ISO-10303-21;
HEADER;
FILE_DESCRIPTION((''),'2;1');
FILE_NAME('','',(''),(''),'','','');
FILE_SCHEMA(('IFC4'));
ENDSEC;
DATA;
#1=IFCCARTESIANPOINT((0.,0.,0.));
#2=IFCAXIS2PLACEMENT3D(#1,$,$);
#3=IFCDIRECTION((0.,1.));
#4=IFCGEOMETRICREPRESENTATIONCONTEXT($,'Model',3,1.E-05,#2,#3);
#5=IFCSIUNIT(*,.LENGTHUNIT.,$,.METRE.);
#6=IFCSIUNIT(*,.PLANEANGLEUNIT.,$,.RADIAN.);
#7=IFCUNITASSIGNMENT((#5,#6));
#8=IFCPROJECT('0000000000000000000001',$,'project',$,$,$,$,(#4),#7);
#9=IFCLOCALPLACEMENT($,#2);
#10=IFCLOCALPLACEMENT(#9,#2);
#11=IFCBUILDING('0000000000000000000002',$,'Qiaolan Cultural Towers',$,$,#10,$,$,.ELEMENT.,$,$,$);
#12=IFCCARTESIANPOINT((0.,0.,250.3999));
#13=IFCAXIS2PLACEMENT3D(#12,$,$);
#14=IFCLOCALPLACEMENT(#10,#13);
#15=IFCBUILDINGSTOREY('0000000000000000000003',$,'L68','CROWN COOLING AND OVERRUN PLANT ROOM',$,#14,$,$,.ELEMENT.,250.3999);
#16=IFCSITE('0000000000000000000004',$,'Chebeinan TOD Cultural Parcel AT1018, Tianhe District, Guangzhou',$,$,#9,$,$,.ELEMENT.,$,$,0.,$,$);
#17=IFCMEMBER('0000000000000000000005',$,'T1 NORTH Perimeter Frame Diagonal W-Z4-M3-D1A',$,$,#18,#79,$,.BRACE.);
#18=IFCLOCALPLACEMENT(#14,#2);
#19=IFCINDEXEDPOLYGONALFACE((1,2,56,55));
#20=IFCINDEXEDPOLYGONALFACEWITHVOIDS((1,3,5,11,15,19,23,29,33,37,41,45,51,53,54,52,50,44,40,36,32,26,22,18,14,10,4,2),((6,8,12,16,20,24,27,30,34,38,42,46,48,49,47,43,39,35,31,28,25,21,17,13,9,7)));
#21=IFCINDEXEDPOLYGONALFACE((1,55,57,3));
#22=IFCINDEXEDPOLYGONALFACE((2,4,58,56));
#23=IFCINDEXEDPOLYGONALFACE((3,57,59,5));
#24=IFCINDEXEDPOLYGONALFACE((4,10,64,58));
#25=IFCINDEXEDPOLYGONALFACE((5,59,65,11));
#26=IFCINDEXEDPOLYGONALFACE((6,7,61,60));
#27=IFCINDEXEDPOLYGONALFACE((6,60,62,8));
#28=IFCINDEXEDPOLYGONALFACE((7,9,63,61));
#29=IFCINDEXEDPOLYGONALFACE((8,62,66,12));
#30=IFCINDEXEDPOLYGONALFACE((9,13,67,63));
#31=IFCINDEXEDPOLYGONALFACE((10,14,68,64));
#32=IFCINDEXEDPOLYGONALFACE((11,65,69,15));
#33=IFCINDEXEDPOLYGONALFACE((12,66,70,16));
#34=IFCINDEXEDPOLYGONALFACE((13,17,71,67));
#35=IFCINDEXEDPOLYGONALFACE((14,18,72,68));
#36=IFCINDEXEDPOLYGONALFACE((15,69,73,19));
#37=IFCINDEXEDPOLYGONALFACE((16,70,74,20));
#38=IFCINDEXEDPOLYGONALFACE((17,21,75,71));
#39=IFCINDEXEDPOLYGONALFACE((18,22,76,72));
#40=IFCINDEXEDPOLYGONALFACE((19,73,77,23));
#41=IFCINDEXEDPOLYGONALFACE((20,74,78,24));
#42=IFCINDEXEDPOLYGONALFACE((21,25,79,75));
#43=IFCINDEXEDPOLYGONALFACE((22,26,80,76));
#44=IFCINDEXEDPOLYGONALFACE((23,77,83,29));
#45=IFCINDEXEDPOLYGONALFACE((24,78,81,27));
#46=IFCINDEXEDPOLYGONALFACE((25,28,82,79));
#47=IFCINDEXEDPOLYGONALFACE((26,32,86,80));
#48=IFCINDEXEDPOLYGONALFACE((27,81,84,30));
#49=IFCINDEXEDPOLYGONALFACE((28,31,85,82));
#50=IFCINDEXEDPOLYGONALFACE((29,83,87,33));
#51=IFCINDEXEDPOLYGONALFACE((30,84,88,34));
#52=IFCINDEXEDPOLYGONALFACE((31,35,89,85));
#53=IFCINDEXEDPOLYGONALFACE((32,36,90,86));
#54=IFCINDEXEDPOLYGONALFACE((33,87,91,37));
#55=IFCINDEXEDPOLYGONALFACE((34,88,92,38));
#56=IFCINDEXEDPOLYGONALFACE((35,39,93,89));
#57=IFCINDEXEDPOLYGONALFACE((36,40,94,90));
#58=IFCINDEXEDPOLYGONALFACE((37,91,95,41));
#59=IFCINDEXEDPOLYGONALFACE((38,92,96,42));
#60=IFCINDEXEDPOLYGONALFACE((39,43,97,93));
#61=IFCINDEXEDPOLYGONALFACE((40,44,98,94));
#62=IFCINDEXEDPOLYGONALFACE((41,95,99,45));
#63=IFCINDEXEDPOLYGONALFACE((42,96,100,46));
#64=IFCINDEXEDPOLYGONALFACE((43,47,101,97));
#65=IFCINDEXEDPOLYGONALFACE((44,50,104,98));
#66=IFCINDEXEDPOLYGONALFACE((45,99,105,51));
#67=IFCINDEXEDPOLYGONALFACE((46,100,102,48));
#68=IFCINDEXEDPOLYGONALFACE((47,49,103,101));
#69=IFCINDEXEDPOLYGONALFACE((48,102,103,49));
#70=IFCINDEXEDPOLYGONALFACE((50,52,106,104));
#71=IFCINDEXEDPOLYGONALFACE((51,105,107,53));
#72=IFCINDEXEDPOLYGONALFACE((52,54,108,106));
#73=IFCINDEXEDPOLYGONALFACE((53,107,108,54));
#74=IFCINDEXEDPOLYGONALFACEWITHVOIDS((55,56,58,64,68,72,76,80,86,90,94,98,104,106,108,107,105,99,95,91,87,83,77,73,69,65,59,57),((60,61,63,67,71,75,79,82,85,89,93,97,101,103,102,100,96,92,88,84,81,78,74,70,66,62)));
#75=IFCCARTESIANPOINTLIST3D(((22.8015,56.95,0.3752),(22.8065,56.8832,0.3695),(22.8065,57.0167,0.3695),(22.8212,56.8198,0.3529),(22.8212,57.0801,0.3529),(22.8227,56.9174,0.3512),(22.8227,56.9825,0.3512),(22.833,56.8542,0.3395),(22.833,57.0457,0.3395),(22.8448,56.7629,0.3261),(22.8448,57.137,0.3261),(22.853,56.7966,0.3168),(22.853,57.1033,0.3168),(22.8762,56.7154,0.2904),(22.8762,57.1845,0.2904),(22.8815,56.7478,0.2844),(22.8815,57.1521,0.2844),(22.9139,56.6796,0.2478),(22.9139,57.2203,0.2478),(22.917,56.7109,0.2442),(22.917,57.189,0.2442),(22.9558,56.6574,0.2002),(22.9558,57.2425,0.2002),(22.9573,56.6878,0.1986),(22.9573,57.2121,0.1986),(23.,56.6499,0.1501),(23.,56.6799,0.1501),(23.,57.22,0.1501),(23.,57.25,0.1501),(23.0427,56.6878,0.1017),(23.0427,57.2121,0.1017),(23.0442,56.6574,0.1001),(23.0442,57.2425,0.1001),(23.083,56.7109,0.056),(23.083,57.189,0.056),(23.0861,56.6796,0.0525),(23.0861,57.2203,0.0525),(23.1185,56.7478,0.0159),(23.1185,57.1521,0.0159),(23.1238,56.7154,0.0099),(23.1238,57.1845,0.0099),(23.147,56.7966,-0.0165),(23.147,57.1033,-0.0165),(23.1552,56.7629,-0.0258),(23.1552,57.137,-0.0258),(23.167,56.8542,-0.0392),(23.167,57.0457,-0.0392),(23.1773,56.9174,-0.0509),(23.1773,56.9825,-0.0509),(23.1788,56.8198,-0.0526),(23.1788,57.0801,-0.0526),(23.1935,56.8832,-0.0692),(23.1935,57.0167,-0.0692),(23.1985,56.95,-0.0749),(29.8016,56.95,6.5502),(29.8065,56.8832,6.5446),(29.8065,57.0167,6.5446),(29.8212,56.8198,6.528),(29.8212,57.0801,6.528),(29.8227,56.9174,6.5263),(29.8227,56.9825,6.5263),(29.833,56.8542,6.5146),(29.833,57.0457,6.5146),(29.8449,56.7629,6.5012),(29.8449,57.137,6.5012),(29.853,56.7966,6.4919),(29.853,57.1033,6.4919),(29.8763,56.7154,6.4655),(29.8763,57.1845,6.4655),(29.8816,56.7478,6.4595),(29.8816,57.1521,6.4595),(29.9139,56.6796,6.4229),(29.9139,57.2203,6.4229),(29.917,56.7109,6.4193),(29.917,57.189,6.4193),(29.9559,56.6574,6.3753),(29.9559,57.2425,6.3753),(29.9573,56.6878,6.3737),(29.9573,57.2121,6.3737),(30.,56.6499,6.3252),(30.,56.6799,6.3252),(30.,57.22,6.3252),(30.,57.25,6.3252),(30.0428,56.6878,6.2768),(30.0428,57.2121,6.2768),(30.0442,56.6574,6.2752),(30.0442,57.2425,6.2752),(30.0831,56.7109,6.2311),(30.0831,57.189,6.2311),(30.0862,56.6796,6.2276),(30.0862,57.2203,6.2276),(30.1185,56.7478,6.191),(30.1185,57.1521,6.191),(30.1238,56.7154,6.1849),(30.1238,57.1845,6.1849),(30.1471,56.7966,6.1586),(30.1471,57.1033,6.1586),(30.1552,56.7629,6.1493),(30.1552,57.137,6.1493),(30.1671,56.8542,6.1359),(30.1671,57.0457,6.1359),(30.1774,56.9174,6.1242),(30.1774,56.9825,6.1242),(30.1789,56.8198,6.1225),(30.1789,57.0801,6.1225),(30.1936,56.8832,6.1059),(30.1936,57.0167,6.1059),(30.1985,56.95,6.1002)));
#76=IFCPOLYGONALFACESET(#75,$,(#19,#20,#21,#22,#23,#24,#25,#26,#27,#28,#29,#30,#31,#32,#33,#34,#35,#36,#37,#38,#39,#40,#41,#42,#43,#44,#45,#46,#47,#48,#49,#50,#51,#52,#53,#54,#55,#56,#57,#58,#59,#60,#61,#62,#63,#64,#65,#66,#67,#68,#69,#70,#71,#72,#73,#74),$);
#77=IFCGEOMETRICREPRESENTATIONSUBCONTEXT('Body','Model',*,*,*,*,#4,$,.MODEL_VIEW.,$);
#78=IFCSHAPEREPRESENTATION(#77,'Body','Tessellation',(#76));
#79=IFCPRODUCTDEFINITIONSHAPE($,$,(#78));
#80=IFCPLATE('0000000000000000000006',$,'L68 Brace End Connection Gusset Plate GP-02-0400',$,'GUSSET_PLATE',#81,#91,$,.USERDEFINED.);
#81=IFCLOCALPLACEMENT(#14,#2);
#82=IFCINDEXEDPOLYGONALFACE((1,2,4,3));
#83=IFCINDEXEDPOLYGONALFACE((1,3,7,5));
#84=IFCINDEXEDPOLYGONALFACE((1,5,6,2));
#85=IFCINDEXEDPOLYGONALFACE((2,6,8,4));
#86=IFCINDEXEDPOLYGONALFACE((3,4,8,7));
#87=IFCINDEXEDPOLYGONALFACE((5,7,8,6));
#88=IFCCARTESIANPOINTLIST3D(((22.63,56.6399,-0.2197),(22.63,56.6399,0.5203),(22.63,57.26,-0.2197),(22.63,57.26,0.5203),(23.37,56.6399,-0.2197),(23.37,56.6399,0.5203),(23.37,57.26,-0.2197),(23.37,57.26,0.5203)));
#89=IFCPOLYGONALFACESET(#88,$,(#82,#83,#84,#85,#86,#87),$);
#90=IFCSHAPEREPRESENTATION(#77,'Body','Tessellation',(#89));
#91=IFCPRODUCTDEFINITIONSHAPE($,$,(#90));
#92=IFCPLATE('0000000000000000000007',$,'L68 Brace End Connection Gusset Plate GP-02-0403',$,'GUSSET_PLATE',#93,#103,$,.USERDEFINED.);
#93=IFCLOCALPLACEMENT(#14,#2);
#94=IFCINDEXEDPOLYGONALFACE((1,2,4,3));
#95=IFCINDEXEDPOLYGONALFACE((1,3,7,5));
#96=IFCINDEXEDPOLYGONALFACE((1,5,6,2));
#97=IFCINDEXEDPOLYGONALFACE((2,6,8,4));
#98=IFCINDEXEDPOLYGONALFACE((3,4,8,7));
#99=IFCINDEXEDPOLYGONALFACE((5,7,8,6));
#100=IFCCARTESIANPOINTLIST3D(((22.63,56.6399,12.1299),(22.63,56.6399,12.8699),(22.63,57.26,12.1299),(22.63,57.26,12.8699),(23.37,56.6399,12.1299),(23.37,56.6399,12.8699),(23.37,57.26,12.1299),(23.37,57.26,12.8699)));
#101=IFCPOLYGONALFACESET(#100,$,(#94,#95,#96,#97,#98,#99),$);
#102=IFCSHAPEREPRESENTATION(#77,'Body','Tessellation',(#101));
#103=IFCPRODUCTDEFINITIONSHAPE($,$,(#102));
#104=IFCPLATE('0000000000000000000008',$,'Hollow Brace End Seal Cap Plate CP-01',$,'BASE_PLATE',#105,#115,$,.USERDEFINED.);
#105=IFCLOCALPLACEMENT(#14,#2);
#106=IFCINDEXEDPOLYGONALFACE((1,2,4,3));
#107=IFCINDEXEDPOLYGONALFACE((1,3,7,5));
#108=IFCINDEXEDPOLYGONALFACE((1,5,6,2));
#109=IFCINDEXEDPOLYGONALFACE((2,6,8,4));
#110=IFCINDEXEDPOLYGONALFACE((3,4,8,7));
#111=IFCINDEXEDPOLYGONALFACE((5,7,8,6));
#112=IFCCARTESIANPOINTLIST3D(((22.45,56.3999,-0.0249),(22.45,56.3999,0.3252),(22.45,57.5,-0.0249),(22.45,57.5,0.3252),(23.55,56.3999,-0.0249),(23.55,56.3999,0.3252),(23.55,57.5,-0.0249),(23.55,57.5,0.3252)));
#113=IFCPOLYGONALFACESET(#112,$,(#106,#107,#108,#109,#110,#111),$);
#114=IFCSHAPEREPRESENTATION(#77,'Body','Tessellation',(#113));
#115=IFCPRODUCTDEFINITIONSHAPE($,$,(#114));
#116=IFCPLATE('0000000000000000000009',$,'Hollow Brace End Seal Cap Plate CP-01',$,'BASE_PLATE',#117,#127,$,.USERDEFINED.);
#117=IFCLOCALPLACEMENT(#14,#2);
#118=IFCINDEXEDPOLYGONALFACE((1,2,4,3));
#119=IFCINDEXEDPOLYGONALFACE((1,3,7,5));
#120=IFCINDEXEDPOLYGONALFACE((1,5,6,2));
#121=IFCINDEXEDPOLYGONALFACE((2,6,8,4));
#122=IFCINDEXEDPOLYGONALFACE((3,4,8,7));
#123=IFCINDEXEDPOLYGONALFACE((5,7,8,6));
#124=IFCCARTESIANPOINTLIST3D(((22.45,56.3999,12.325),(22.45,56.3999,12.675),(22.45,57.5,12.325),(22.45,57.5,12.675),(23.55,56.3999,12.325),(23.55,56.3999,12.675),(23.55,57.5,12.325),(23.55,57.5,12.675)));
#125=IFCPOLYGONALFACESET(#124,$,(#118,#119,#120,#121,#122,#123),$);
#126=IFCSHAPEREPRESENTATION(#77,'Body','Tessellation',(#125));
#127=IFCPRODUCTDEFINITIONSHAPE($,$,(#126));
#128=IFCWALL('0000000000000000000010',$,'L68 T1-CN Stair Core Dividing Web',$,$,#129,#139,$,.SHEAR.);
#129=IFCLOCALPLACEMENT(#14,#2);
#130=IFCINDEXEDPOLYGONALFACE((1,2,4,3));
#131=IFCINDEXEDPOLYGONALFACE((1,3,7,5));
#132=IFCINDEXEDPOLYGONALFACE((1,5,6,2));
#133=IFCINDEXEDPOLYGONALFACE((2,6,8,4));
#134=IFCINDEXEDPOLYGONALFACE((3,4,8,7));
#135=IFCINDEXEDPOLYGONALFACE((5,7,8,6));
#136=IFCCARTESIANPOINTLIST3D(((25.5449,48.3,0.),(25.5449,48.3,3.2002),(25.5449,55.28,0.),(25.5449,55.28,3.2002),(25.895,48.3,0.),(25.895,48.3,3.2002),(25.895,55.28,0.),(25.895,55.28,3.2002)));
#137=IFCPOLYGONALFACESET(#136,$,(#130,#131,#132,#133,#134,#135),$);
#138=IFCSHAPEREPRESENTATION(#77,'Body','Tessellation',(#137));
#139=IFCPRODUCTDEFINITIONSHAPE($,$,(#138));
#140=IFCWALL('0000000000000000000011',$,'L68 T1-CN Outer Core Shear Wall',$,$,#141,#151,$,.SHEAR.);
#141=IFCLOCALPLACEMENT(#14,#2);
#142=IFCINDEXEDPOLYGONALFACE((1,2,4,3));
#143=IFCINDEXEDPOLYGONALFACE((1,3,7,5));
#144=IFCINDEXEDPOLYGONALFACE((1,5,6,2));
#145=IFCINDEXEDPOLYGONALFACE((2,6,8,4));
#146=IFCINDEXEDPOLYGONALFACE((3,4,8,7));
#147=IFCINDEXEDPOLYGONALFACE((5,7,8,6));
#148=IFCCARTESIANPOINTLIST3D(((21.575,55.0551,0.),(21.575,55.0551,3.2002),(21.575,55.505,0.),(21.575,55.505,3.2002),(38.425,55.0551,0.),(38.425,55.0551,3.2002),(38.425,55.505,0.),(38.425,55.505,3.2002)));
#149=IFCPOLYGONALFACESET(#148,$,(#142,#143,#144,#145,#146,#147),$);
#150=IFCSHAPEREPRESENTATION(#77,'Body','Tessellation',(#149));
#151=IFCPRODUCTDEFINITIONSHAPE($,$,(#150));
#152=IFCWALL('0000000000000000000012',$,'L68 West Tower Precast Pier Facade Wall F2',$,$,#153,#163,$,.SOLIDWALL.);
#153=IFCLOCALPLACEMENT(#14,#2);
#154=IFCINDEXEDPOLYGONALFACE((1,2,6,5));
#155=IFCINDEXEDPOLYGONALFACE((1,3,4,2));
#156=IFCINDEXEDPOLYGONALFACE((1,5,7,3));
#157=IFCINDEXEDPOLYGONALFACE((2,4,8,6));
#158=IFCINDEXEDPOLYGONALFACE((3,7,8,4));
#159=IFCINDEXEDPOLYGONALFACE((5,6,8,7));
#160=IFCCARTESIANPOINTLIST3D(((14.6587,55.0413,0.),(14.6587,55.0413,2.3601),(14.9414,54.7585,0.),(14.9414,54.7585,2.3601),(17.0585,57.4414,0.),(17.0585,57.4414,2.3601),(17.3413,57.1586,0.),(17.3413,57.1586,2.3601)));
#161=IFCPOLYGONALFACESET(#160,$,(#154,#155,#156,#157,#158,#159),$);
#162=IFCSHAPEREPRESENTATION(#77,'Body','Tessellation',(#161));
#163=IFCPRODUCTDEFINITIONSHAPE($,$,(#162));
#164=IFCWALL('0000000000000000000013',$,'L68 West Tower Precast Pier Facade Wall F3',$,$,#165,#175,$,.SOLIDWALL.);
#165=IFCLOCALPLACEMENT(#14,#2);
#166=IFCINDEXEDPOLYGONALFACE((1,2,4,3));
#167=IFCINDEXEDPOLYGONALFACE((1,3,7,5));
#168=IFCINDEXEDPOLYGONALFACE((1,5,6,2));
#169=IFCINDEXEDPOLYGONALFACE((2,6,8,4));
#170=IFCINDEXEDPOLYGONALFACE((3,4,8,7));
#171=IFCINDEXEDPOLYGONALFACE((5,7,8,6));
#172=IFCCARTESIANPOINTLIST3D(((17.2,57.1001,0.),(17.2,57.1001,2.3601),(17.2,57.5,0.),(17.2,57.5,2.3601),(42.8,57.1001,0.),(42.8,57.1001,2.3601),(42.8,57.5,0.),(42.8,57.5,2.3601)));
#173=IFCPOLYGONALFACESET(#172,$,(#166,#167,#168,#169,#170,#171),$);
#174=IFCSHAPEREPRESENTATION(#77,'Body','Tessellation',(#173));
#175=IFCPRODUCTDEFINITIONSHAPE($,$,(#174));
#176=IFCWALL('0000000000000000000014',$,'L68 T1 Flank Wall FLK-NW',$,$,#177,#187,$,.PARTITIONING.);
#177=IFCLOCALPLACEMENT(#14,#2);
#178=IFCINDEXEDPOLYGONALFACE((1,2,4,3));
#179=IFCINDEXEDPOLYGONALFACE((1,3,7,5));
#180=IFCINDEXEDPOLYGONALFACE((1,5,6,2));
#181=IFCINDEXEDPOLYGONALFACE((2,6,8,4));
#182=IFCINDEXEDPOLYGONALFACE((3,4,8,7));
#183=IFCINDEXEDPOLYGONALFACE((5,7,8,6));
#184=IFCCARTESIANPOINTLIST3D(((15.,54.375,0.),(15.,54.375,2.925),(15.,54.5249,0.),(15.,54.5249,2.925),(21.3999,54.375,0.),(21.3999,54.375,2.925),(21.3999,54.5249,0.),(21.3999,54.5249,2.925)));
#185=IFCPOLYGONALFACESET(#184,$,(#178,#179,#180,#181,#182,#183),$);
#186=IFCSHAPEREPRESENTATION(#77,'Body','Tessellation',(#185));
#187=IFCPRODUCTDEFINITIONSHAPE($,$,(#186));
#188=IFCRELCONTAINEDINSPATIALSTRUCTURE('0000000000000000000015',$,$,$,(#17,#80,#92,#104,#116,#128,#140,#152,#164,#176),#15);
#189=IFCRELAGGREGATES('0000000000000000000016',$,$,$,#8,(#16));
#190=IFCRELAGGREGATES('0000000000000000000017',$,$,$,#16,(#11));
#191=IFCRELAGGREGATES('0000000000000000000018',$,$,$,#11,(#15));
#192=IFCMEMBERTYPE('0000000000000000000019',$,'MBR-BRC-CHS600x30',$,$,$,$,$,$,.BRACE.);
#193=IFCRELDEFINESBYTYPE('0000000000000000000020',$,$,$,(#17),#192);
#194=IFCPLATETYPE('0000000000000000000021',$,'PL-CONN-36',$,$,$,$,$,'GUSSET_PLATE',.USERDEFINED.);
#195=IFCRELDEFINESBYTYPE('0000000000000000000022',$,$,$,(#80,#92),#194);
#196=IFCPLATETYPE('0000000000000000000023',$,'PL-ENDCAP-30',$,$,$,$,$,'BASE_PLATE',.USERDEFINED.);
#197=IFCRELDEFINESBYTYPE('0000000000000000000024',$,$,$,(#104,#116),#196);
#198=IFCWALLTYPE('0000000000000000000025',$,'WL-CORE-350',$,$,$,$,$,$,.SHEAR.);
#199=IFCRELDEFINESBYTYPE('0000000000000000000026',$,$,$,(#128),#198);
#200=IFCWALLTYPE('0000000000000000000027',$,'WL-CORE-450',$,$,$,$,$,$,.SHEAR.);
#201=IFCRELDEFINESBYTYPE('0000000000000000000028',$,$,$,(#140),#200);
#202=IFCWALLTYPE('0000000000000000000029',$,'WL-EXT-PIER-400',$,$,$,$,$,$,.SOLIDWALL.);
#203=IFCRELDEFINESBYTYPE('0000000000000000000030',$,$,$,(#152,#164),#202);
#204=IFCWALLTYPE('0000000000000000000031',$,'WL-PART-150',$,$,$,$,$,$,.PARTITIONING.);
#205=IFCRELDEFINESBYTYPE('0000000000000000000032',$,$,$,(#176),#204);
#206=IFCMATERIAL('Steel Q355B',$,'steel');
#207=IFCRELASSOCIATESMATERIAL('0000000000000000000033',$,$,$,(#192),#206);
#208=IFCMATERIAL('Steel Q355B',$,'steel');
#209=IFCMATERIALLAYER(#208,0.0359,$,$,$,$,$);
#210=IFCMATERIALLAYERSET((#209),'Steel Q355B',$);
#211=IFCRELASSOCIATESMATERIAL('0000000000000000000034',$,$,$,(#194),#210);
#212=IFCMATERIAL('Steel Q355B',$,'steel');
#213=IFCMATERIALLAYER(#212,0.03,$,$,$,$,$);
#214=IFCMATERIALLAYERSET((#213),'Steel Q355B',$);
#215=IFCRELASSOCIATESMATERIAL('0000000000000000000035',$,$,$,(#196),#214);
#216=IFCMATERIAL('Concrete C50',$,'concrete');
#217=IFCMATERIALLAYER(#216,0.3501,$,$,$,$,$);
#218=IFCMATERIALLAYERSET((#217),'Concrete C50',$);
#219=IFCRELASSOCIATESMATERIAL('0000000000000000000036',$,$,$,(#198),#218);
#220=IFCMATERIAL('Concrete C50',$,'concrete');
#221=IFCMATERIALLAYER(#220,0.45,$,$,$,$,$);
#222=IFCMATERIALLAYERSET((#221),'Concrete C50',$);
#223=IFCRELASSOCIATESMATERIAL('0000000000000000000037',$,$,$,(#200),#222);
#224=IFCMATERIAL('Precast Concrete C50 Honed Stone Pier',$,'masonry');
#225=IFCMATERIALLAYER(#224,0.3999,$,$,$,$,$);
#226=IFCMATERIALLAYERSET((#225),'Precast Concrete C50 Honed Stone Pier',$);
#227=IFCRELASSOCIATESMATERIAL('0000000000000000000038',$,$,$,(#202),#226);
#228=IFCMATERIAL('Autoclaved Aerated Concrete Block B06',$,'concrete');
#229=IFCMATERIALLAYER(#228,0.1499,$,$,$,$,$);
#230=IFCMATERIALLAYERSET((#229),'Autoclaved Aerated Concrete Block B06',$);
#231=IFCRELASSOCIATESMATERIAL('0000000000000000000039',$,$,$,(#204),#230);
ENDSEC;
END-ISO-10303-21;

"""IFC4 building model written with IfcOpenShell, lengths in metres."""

from ifc_helpers import new_model, si_unit, direction, frame, frame_2d, origin, origin_2d, place, context, subcontext, project, spatial, rectangle, hollow_circle, extrude, material, layer, layer_set, material_profile, profile_set, type_object, element, save


model = new_model("IFC4")

# Units and contexts
model_context = context("Model", 3, precision=1e-05, world=origin(), true_north=direction((0.0, 1.0)))
body_context = subcontext(model_context, "Body", "Model", "MODEL_VIEW")
ifc_project = project(units=[si_unit("LENGTHUNIT", "METRE"), si_unit("PLANEANGLEUNIT", "RADIAN")], contexts=[model_context])

# Site, building, storey
site_placement = place(None, origin())
site = spatial("IfcSite", under=ifc_project, at=site_placement, Name="Chebeinan TOD Cultural Parcel AT1018, Tianhe District, Guangzhou", CompositionType="ELEMENT", RefElevation=0.0)
building_placement = place(site_placement, origin())
building = spatial("IfcBuilding", under=site, at=building_placement, Name="Qiaolan Cultural Towers", CompositionType="ELEMENT")
storey_placement = place(building_placement, frame((0.0, 0.0, 250.3999)))
storey = spatial("IfcBuildingStorey", under=building, at=storey_placement, Name="L68", Description="CROWN COOLING AND OVERRUN PLANT ROOM", CompositionType="ELEMENT", Elevation=250.3999)

# Member
ifc_material_1 = material(Name="Steel Q355B", Category="steel")
ifc_material_profile_1 = material_profile(ifc_material_1, hollow_circle(Radius=0.3, WallThickness=0.03, at=origin_2d()), Name="CHS600x30")
ifc_profile_set_1 = profile_set([ifc_material_profile_1], Name="Steel Q355B")
member_type = type_object("IfcMemberType", Name="MBR-BRC-CHS600x30", PredefinedType="BRACE", material=ifc_profile_set_1)
member_placement = place(storey_placement, frame((23.0, 56.95, 0.1501), z_axis=(0.749913, 0.0, 0.661536), x_axis=(0.0, 1.0, 0.0)))
element("IfcMember", 1, at=member_placement, inside=storey, type_object=member_type, Name="T1 NORTH Perimeter Frame Diagonal W-Z4-M3-D1A", PredefinedType="BRACE", context=body_context, shape_type="SweptSolid", body=[
    extrude(hollow_circle(Radius=0.3, WallThickness=0.03, at=origin_2d()), origin(), (0.0, 0.0, 1.0), 9.3345),
])

# Plates
ifc_material_2 = material(Name="Steel Q355B", Category="steel")
ifc_layer_1 = layer(ifc_material_2, 0.0359)
ifc_layer_set_1 = layer_set([ifc_layer_1], Name="Steel Q355B")
plate_type_1 = type_object("IfcPlateType", Name="PL-CONN-36", ElementType="GUSSET_PLATE", PredefinedType="USERDEFINED", material=ifc_layer_set_1)
for number, where, z_axis, x_axis, name in (
    (2, (23.0, 56.95, -0.2197), (0.0, 0.0, 1.0), (1.0, 0.0, 0.0), "L68 Brace End Connection Gusset Plate GP-02-0400"),
    (3, (23.0, 56.95, 12.1299), (0.0, 0.0, 1.0), (1.0, 0.0, 0.0), "L68 Brace End Connection Gusset Plate GP-02-0403"),
):
    element("IfcPlate", number, at=place(storey_placement, frame(where, z_axis=z_axis, x_axis=x_axis)), inside=storey, type_object=plate_type_1, Name=name, ObjectType="GUSSET_PLATE", PredefinedType="USERDEFINED", context=body_context, shape_type="SweptSolid", body=[
        extrude(rectangle(XDim=0.74, YDim=0.6201, at=origin_2d()), origin(), (0.0, 0.0, 1.0), 0.74),
    ])
ifc_material_3 = material(Name="Steel Q355B", Category="steel")
ifc_layer_2 = layer(ifc_material_3, 0.03)
ifc_layer_set_2 = layer_set([ifc_layer_2], Name="Steel Q355B")
plate_type_2 = type_object("IfcPlateType", Name="PL-ENDCAP-30", ElementType="BASE_PLATE", PredefinedType="USERDEFINED", material=ifc_layer_set_2)
for number, where, z_axis, x_axis, name in (
    (4, (23.0, 56.95, -0.0249), (0.0, 0.0, 1.0), (1.0, 0.0, 0.0), "Hollow Brace End Seal Cap Plate CP-01"),
    (5, (23.0, 56.95, 12.325), (0.0, 0.0, 1.0), (1.0, 0.0, 0.0), "Hollow Brace End Seal Cap Plate CP-01"),
):
    element("IfcPlate", number, at=place(storey_placement, frame(where, z_axis=z_axis, x_axis=x_axis)), inside=storey, type_object=plate_type_2, Name=name, ObjectType="BASE_PLATE", PredefinedType="USERDEFINED", context=body_context, shape_type="SweptSolid", body=[
        extrude(rectangle(XDim=1.1001, YDim=1.1001, at=origin_2d()), origin(), (0.0, 0.0, 1.0), 0.3501),
    ])

# Walls
ifc_material_4 = material(Name="Concrete C50", Category="concrete")
ifc_layer_3 = layer(ifc_material_4, 0.3501)
ifc_layer_set_3 = layer_set([ifc_layer_3], Name="Concrete C50")
wall_type_1 = type_object("IfcWallType", Name="WL-CORE-350", PredefinedType="SHEAR", material=ifc_layer_set_3)
wall_1_placement = place(storey_placement, frame((25.72, 48.3, 0.0), z_axis=(0.0, 0.0, 1.0), x_axis=(0.0, 1.0, 0.0)))
element("IfcWall", 6, at=wall_1_placement, inside=storey, type_object=wall_type_1, Name="L68 T1-CN Stair Core Dividing Web", PredefinedType="SHEAR", context=body_context, shape_type="SweptSolid", body=[
    extrude(rectangle(XDim=6.98, YDim=0.3501, at=frame_2d((3.49, 0.0))), origin(), (0.0, 0.0, 1.0), 3.2002),
])
ifc_material_5 = material(Name="Concrete C50", Category="concrete")
ifc_layer_4 = layer(ifc_material_5, 0.45)
ifc_layer_set_4 = layer_set([ifc_layer_4], Name="Concrete C50")
wall_type_2 = type_object("IfcWallType", Name="WL-CORE-450", PredefinedType="SHEAR", material=ifc_layer_set_4)
wall_2_placement = place(storey_placement, frame((21.575, 55.28, 0.0), z_axis=(0.0, 0.0, 1.0), x_axis=(1.0, 0.0, 0.0)))
element("IfcWall", 7, at=wall_2_placement, inside=storey, type_object=wall_type_2, Name="L68 T1-CN Outer Core Shear Wall", PredefinedType="SHEAR", context=body_context, shape_type="SweptSolid", body=[
    extrude(rectangle(XDim=16.8501, YDim=0.45, at=frame_2d((8.425, 0.0))), origin(), (0.0, 0.0, 1.0), 3.2002),
])
ifc_material_6 = material(Name="Precast Concrete C50 Honed Stone Pier", Category="masonry")
ifc_layer_5 = layer(ifc_material_6, 0.3999)
ifc_layer_set_5 = layer_set([ifc_layer_5], Name="Precast Concrete C50 Honed Stone Pier")
wall_type_3 = type_object("IfcWallType", Name="WL-EXT-PIER-400", PredefinedType="SOLIDWALL", material=ifc_layer_set_5)
wall_3_placement = place(storey_placement, frame((14.8, 54.8999, 0.0), z_axis=(0.0, 0.0, 1.0), x_axis=(0.707071, 0.707143, 0.0)))
element("IfcWall", 8, at=wall_3_placement, inside=storey, type_object=wall_type_3, Name="L68 West Tower Precast Pier Facade Wall F2", PredefinedType="SOLIDWALL", context=body_context, shape_type="SweptSolid", body=[
    extrude(rectangle(XDim=3.394, YDim=0.3999, at=frame_2d((1.697, 0.0))), origin(), (0.0, 0.0, 1.0), 2.3601),
])
wall_4_placement = place(storey_placement, frame((17.2, 57.3, 0.0), z_axis=(0.0, 0.0, 1.0), x_axis=(1.0, 0.0, 0.0)))
element("IfcWall", 9, at=wall_4_placement, inside=storey, type_object=wall_type_3, Name="L68 West Tower Precast Pier Facade Wall F3", PredefinedType="SOLIDWALL", context=body_context, shape_type="SweptSolid", body=[
    extrude(rectangle(XDim=25.6001, YDim=0.3999, at=frame_2d((12.8, 0.0))), origin(), (0.0, 0.0, 1.0), 2.3601),
])
ifc_material_7 = material(Name="Autoclaved Aerated Concrete Block B06", Category="concrete")
ifc_layer_6 = layer(ifc_material_7, 0.1499)
ifc_layer_set_6 = layer_set([ifc_layer_6], Name="Autoclaved Aerated Concrete Block B06")
wall_type_4 = type_object("IfcWallType", Name="WL-PART-150", PredefinedType="PARTITIONING", material=ifc_layer_set_6)
wall_5_placement = place(storey_placement, frame((15.0, 54.45, 0.0), z_axis=(0.0, 0.0, 1.0), x_axis=(1.0, 0.0, 0.0)))
element("IfcWall", 10, at=wall_5_placement, inside=storey, type_object=wall_type_4, Name="L68 T1 Flank Wall FLK-NW", PredefinedType="PARTITIONING", context=body_context, shape_type="SweptSolid", body=[
    extrude(rectangle(XDim=6.3999, YDim=0.1499, at=frame_2d((3.2, 0.0))), origin(), (0.0, 0.0, 1.0), 2.925),
])

save(model, "model.ifc")
